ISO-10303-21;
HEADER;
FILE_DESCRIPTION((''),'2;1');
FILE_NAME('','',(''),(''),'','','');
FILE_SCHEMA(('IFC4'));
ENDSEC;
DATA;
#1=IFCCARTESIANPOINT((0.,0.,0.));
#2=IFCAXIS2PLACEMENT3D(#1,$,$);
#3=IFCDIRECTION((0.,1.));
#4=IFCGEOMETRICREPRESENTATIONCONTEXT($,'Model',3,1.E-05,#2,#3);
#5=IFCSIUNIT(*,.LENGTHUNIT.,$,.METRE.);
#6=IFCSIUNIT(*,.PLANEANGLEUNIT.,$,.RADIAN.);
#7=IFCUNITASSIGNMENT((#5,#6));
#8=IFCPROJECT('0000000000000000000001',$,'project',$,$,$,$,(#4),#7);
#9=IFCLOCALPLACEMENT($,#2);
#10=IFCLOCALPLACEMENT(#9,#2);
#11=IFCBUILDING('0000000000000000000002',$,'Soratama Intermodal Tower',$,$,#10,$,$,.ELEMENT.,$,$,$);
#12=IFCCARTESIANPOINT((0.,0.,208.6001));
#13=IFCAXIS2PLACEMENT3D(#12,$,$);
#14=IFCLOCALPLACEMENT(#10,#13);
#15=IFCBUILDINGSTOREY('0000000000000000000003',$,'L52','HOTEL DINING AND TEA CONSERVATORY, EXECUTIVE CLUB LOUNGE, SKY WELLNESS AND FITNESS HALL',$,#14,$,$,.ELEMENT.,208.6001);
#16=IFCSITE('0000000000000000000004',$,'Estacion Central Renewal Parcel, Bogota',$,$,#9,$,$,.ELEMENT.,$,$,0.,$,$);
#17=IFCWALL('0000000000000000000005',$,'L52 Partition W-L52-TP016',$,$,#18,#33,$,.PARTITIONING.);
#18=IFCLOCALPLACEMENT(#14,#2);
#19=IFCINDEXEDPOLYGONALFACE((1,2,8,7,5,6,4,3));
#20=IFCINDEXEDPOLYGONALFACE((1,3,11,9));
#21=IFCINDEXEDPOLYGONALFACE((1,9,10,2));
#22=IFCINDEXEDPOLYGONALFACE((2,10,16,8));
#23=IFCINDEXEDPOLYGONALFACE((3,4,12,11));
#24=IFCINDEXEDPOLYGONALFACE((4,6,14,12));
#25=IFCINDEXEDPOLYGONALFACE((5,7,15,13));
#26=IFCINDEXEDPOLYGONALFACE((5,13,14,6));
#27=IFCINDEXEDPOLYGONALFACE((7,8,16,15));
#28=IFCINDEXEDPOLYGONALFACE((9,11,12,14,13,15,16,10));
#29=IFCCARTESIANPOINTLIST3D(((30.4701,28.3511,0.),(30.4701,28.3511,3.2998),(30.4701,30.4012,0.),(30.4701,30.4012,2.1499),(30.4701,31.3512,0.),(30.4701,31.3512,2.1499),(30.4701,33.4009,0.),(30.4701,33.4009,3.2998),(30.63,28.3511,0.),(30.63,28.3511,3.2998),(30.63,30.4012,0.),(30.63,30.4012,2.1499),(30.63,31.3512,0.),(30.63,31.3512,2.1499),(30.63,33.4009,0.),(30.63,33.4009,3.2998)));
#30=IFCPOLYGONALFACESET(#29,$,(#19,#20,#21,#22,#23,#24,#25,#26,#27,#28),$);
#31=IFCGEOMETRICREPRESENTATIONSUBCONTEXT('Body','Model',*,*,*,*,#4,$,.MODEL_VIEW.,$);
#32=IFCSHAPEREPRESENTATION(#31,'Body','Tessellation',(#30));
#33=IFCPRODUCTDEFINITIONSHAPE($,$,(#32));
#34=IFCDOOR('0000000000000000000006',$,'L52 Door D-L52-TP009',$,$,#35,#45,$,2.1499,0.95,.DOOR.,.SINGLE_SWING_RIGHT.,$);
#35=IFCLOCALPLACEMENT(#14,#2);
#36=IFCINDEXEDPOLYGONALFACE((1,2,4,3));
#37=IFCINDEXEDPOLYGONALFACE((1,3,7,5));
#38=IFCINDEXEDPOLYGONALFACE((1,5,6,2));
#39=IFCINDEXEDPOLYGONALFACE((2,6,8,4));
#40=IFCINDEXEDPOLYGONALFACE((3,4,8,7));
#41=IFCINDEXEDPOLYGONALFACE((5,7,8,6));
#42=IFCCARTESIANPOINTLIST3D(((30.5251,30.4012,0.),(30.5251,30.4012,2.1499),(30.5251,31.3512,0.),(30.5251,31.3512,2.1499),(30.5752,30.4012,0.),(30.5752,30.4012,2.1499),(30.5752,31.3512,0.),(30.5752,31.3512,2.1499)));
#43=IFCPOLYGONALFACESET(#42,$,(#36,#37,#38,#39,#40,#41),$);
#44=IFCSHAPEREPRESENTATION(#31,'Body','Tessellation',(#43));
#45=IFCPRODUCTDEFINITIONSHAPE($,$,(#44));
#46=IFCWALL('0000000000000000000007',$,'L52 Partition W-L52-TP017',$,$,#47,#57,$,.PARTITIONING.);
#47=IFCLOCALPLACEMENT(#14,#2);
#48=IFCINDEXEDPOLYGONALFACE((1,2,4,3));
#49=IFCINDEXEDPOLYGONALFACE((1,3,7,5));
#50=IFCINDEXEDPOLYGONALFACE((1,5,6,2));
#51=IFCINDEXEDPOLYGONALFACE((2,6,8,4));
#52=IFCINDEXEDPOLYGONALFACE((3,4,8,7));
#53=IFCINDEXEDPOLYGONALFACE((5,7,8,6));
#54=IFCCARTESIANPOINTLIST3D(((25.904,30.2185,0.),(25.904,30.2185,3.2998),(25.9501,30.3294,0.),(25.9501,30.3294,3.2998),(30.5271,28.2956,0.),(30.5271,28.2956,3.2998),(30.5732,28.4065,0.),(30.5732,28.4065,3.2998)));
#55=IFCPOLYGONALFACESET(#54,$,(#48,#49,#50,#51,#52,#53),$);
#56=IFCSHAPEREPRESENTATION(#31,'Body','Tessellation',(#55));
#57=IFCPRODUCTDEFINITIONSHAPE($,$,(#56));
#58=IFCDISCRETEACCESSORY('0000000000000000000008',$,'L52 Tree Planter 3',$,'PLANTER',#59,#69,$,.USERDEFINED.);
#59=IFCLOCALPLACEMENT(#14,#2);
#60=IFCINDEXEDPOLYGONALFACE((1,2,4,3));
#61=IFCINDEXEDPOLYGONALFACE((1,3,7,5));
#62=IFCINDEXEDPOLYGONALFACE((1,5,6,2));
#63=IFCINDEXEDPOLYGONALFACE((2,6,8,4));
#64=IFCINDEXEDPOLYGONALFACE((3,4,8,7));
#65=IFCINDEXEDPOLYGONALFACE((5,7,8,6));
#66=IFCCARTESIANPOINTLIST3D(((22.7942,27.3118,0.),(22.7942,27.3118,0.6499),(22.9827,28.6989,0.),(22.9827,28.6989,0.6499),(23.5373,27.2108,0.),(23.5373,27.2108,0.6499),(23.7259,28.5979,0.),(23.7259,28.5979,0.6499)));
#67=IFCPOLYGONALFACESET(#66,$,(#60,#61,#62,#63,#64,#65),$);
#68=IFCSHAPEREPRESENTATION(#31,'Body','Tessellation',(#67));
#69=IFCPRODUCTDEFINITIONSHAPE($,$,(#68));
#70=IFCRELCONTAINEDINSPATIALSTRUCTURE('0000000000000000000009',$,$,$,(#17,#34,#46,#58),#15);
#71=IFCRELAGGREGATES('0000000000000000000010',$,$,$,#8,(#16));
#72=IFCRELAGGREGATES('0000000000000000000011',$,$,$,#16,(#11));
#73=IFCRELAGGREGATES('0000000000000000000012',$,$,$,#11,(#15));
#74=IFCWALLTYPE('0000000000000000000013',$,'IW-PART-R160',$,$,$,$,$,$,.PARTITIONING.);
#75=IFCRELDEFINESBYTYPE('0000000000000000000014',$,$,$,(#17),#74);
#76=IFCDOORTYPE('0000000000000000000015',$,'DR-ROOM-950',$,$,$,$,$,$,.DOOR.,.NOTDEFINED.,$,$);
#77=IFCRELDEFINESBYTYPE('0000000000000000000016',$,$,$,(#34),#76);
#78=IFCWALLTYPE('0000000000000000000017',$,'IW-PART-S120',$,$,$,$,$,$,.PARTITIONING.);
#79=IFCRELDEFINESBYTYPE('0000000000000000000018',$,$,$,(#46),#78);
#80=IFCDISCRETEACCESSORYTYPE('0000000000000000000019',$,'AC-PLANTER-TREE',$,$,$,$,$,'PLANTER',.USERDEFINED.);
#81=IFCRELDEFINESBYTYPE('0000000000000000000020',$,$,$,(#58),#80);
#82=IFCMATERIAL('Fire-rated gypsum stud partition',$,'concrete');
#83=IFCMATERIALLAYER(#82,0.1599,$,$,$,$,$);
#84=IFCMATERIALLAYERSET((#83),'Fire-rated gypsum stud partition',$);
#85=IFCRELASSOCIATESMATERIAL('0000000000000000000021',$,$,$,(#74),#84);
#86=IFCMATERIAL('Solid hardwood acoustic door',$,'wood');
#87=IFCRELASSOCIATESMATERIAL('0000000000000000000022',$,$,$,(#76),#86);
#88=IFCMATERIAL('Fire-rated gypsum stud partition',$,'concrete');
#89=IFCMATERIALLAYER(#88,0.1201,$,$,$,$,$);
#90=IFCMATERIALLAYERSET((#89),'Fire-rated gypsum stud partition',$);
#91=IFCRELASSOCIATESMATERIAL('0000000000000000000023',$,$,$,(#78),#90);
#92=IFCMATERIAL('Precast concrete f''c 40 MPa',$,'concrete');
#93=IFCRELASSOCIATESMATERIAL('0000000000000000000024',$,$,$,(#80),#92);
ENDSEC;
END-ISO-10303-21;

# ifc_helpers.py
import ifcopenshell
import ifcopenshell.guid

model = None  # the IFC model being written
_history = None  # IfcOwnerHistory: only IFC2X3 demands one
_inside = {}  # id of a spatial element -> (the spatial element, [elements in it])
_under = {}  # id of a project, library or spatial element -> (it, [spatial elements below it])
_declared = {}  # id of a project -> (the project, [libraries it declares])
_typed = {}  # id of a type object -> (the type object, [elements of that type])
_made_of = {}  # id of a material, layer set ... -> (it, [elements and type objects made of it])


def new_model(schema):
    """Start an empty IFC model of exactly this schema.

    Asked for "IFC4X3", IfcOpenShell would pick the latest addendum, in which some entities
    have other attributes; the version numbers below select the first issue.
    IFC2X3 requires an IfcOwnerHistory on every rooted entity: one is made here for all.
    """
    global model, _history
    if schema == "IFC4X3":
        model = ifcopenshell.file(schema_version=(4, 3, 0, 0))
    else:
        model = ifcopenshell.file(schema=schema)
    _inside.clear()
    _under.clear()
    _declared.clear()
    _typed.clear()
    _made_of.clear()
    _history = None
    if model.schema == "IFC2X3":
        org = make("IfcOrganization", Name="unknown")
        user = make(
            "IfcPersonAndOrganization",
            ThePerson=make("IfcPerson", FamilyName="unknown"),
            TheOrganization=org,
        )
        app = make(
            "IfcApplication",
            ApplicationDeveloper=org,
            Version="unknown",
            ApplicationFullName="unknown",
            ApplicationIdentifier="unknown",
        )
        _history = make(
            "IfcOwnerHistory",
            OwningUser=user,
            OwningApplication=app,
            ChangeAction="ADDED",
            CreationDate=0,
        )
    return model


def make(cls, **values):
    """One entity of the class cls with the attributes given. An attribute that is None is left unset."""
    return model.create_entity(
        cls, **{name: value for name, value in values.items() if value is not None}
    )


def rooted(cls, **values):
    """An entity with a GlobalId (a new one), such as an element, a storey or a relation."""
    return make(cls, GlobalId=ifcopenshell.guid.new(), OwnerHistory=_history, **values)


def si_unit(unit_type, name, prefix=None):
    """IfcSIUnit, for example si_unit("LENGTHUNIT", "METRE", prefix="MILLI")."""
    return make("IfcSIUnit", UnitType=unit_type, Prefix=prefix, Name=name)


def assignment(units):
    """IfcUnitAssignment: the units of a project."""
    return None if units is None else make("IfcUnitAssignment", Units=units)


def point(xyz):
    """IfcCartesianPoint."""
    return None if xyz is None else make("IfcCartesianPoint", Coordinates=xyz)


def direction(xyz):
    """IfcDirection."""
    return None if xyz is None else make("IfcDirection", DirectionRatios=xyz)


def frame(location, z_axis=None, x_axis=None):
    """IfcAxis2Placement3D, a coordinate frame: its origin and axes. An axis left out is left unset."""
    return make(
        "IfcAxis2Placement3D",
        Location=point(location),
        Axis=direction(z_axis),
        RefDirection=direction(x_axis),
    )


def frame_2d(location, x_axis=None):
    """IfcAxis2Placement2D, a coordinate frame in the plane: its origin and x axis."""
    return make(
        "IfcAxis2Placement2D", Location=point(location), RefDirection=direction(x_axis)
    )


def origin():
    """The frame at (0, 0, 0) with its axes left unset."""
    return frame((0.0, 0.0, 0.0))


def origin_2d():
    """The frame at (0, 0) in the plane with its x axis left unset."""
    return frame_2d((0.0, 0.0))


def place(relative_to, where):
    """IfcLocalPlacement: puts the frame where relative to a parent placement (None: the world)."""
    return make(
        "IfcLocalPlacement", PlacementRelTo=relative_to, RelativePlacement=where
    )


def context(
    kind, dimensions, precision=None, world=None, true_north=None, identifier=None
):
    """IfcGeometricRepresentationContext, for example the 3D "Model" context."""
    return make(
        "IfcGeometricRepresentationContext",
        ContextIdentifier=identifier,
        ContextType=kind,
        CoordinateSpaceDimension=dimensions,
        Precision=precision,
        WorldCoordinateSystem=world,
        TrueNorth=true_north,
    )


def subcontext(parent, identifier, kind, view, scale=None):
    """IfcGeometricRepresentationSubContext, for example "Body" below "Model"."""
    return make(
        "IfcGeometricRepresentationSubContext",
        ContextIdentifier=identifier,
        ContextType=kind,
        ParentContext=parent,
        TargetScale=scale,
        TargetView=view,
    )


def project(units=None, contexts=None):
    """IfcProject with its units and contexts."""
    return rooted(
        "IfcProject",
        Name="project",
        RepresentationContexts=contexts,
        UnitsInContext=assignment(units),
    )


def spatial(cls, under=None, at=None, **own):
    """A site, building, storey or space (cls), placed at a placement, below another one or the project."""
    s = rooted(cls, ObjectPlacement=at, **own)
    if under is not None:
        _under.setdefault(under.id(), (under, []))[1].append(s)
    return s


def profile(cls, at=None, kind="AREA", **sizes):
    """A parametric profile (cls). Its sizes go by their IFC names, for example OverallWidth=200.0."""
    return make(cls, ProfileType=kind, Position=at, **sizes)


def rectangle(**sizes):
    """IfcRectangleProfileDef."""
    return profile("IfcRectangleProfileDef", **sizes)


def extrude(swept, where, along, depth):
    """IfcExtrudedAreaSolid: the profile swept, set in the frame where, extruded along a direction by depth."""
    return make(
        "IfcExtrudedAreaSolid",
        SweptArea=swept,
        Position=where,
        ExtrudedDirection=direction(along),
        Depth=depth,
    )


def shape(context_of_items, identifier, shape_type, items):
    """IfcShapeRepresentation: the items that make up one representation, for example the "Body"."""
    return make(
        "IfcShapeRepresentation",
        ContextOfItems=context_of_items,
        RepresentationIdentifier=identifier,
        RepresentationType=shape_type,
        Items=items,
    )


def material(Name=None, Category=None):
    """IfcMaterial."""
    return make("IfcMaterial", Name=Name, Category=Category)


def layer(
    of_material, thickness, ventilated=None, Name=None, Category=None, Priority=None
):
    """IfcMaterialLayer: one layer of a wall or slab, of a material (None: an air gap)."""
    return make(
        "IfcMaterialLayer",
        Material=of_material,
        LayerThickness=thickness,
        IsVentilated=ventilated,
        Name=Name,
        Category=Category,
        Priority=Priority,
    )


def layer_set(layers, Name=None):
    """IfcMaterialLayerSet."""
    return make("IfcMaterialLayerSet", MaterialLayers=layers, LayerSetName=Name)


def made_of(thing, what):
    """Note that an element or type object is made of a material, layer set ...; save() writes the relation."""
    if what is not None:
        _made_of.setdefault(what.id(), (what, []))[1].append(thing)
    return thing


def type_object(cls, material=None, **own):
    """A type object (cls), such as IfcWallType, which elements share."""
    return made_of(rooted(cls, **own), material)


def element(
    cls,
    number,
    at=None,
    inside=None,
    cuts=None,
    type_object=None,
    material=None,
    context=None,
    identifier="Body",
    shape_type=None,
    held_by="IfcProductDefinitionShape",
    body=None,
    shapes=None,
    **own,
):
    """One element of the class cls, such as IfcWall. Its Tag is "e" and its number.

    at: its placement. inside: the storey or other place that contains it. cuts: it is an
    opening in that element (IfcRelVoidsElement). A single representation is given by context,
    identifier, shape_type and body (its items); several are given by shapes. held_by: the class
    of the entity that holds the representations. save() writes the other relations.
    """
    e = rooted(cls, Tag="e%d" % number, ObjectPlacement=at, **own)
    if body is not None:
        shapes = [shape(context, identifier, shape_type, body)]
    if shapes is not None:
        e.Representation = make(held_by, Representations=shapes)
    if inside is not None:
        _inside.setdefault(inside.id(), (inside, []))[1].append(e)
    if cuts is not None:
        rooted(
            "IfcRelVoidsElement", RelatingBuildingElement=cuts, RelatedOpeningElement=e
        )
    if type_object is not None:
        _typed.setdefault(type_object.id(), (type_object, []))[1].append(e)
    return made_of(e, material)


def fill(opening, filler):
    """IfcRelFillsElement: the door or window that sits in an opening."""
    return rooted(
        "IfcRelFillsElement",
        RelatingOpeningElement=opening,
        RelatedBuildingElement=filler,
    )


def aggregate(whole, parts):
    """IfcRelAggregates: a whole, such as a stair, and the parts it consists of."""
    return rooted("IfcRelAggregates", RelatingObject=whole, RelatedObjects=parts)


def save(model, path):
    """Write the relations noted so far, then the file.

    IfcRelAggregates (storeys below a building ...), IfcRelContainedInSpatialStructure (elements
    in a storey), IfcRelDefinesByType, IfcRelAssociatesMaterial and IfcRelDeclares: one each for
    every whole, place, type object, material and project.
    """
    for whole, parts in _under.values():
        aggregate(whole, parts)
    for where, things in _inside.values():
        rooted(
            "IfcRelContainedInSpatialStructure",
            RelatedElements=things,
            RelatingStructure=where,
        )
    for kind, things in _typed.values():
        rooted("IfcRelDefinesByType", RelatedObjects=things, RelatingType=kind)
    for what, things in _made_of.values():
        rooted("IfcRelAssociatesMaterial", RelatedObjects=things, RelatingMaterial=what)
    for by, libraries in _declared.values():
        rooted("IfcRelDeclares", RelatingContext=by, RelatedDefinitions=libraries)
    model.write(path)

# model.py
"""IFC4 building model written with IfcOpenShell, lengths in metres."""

from ifc_helpers import new_model, si_unit, direction, frame, frame_2d, origin, origin_2d, place, context, subcontext, project, spatial, rectangle, extrude, material, layer, layer_set, type_object, element, fill, save


model = new_model("IFC4")

# Units and contexts
model_context = context("Model", 3, precision=1e-05, world=origin(), true_north=direction((0.0, 1.0)))
body_context = subcontext(model_context, "Body", "Model", "MODEL_VIEW")
ifc_project = project(units=[si_unit("LENGTHUNIT", "METRE"), si_unit("PLANEANGLEUNIT", "RADIAN")], contexts=[model_context])

# Site, building, storey
site_placement = place(None, origin())
site = spatial("IfcSite", under=ifc_project, at=site_placement, Name="Estacion Central Renewal Parcel, Bogota", CompositionType="ELEMENT", RefElevation=0.0)
building_placement = place(site_placement, origin())
building = spatial("IfcBuilding", under=site, at=building_placement, Name="Soratama Intermodal Tower", CompositionType="ELEMENT")
storey_placement = place(building_placement, frame((0.0, 0.0, 208.6001)))
storey = spatial("IfcBuildingStorey", under=building, at=storey_placement, Name="L52", Description="HOTEL DINING AND TEA CONSERVATORY, EXECUTIVE CLUB LOUNGE, SKY WELLNESS AND FITNESS HALL", CompositionType="ELEMENT", Elevation=208.6001)

# Wall, opening, door
ifc_material_1 = material(Name="Fire-rated gypsum stud partition", Category="concrete")
ifc_layer_1 = layer(ifc_material_1, 0.1599)
ifc_layer_set_1 = layer_set([ifc_layer_1], Name="Fire-rated gypsum stud partition")
wall_type_1 = type_object("IfcWallType", Name="IW-PART-R160", PredefinedType="PARTITIONING", material=ifc_layer_set_1)
wall_1_placement = place(storey_placement, frame((30.55, 28.3511, 0.0), z_axis=(0.0, 0.0, 1.0), x_axis=(0.0, 1.0, 0.0)))
wall_1 = element("IfcWall", 1, at=wall_1_placement, inside=storey, type_object=wall_type_1, Name="L52 Partition W-L52-TP016", PredefinedType="PARTITIONING", context=body_context, shape_type="SweptSolid", body=[
    extrude(rectangle(XDim=5.0498, YDim=0.1599, at=frame_2d((2.5249, 0.0))), origin(), (0.0, 0.0, 1.0), 3.2998),
])
opening_1_placement = place(wall_1_placement, frame((2.05, 0.0, 0.0)))
opening_1 = element("IfcOpeningElement", 2, at=opening_1_placement, cuts=wall_1, PredefinedType="OPENING", context=body_context, shape_type="SweptSolid", body=[
    extrude(rectangle(XDim=0.95, YDim=2.1499, at=frame_2d((0.4751, 1.075))), frame((0.0, 0.0898, 0.0), z_axis=(0.0, -1.0, 0.0), x_axis=(1.0, 0.0, 0.0)), (0.0, 0.0, 1.0), 0.1799),
])
ifc_material_2 = material(Name="Solid hardwood acoustic door", Category="wood")
door_type_1 = type_object("IfcDoorType", Name="DR-ROOM-950", OperationType="NOTDEFINED", PredefinedType="DOOR", material=ifc_material_2)
door_1_placement = place(opening_1_placement, origin())
door_1 = element("IfcDoor", 3, at=door_1_placement, inside=storey, type_object=door_type_1, Name="L52 Door D-L52-TP009", OperationType="SINGLE_SWING_RIGHT", OverallHeight=2.1499, OverallWidth=0.95, PredefinedType="DOOR", context=body_context, shape_type="SweptSolid", body=[
    extrude(rectangle(XDim=0.95, YDim=2.1499, at=frame_2d((0.4751, 1.075))), frame((0.0, 0.0249, 0.0), z_axis=(0.0, -1.0, 0.0), x_axis=(1.0, 0.0, 0.0)), (0.0, 0.0, 1.0), 0.05),
])
fill(opening_1, door_1)

# Wall
ifc_material_3 = material(Name="Fire-rated gypsum stud partition", Category="concrete")
ifc_layer_2 = layer(ifc_material_3, 0.1201)
ifc_layer_set_2 = layer_set([ifc_layer_2], Name="Fire-rated gypsum stud partition")
wall_type_2 = type_object("IfcWallType", Name="IW-PART-S120", PredefinedType="PARTITIONING", material=ifc_layer_set_2)
wall_2_placement = place(storey_placement, frame((30.55, 28.3511, 0.0), z_axis=(0.0, 0.0, 1.0), x_axis=(-0.923319, 0.384034, 0.0)))
element("IfcWall", 4, at=wall_2_placement, inside=storey, type_object=wall_type_2, Name="L52 Partition W-L52-TP017", PredefinedType="PARTITIONING", context=body_context, shape_type="SweptSolid", body=[
    extrude(rectangle(XDim=5.0071, YDim=0.1201, at=frame_2d((2.5034, 0.0))), origin(), (0.0, 0.0, 1.0), 3.2998),
])

# Discrete accessory
ifc_material_4 = material(Name="Precast concrete f'c 40 MPa", Category="concrete")
discrete_accessory_type = type_object("IfcDiscreteAccessoryType", Name="AC-PLANTER-TREE", ElementType="PLANTER", PredefinedType="USERDEFINED", material=ifc_material_4)
discrete_accessory_placement = place(storey_placement, frame((23.26, 27.9548, 0.0), z_axis=(0.0, 0.0, 1.0), x_axis=(-0.990889, 0.134678, 0.0)))
element("IfcDiscreteAccessory", 5, at=discrete_accessory_placement, inside=storey, type_object=discrete_accessory_type, Name="L52 Tree Planter 3", ObjectType="PLANTER", PredefinedType="USERDEFINED", context=body_context, shape_type="SweptSolid", body=[
    extrude(rectangle(XDim=0.75, YDim=1.3999, at=origin_2d()), origin(), (0.0, 0.0, 1.0), 0.6499),
])

save(model, "model.ifc")
